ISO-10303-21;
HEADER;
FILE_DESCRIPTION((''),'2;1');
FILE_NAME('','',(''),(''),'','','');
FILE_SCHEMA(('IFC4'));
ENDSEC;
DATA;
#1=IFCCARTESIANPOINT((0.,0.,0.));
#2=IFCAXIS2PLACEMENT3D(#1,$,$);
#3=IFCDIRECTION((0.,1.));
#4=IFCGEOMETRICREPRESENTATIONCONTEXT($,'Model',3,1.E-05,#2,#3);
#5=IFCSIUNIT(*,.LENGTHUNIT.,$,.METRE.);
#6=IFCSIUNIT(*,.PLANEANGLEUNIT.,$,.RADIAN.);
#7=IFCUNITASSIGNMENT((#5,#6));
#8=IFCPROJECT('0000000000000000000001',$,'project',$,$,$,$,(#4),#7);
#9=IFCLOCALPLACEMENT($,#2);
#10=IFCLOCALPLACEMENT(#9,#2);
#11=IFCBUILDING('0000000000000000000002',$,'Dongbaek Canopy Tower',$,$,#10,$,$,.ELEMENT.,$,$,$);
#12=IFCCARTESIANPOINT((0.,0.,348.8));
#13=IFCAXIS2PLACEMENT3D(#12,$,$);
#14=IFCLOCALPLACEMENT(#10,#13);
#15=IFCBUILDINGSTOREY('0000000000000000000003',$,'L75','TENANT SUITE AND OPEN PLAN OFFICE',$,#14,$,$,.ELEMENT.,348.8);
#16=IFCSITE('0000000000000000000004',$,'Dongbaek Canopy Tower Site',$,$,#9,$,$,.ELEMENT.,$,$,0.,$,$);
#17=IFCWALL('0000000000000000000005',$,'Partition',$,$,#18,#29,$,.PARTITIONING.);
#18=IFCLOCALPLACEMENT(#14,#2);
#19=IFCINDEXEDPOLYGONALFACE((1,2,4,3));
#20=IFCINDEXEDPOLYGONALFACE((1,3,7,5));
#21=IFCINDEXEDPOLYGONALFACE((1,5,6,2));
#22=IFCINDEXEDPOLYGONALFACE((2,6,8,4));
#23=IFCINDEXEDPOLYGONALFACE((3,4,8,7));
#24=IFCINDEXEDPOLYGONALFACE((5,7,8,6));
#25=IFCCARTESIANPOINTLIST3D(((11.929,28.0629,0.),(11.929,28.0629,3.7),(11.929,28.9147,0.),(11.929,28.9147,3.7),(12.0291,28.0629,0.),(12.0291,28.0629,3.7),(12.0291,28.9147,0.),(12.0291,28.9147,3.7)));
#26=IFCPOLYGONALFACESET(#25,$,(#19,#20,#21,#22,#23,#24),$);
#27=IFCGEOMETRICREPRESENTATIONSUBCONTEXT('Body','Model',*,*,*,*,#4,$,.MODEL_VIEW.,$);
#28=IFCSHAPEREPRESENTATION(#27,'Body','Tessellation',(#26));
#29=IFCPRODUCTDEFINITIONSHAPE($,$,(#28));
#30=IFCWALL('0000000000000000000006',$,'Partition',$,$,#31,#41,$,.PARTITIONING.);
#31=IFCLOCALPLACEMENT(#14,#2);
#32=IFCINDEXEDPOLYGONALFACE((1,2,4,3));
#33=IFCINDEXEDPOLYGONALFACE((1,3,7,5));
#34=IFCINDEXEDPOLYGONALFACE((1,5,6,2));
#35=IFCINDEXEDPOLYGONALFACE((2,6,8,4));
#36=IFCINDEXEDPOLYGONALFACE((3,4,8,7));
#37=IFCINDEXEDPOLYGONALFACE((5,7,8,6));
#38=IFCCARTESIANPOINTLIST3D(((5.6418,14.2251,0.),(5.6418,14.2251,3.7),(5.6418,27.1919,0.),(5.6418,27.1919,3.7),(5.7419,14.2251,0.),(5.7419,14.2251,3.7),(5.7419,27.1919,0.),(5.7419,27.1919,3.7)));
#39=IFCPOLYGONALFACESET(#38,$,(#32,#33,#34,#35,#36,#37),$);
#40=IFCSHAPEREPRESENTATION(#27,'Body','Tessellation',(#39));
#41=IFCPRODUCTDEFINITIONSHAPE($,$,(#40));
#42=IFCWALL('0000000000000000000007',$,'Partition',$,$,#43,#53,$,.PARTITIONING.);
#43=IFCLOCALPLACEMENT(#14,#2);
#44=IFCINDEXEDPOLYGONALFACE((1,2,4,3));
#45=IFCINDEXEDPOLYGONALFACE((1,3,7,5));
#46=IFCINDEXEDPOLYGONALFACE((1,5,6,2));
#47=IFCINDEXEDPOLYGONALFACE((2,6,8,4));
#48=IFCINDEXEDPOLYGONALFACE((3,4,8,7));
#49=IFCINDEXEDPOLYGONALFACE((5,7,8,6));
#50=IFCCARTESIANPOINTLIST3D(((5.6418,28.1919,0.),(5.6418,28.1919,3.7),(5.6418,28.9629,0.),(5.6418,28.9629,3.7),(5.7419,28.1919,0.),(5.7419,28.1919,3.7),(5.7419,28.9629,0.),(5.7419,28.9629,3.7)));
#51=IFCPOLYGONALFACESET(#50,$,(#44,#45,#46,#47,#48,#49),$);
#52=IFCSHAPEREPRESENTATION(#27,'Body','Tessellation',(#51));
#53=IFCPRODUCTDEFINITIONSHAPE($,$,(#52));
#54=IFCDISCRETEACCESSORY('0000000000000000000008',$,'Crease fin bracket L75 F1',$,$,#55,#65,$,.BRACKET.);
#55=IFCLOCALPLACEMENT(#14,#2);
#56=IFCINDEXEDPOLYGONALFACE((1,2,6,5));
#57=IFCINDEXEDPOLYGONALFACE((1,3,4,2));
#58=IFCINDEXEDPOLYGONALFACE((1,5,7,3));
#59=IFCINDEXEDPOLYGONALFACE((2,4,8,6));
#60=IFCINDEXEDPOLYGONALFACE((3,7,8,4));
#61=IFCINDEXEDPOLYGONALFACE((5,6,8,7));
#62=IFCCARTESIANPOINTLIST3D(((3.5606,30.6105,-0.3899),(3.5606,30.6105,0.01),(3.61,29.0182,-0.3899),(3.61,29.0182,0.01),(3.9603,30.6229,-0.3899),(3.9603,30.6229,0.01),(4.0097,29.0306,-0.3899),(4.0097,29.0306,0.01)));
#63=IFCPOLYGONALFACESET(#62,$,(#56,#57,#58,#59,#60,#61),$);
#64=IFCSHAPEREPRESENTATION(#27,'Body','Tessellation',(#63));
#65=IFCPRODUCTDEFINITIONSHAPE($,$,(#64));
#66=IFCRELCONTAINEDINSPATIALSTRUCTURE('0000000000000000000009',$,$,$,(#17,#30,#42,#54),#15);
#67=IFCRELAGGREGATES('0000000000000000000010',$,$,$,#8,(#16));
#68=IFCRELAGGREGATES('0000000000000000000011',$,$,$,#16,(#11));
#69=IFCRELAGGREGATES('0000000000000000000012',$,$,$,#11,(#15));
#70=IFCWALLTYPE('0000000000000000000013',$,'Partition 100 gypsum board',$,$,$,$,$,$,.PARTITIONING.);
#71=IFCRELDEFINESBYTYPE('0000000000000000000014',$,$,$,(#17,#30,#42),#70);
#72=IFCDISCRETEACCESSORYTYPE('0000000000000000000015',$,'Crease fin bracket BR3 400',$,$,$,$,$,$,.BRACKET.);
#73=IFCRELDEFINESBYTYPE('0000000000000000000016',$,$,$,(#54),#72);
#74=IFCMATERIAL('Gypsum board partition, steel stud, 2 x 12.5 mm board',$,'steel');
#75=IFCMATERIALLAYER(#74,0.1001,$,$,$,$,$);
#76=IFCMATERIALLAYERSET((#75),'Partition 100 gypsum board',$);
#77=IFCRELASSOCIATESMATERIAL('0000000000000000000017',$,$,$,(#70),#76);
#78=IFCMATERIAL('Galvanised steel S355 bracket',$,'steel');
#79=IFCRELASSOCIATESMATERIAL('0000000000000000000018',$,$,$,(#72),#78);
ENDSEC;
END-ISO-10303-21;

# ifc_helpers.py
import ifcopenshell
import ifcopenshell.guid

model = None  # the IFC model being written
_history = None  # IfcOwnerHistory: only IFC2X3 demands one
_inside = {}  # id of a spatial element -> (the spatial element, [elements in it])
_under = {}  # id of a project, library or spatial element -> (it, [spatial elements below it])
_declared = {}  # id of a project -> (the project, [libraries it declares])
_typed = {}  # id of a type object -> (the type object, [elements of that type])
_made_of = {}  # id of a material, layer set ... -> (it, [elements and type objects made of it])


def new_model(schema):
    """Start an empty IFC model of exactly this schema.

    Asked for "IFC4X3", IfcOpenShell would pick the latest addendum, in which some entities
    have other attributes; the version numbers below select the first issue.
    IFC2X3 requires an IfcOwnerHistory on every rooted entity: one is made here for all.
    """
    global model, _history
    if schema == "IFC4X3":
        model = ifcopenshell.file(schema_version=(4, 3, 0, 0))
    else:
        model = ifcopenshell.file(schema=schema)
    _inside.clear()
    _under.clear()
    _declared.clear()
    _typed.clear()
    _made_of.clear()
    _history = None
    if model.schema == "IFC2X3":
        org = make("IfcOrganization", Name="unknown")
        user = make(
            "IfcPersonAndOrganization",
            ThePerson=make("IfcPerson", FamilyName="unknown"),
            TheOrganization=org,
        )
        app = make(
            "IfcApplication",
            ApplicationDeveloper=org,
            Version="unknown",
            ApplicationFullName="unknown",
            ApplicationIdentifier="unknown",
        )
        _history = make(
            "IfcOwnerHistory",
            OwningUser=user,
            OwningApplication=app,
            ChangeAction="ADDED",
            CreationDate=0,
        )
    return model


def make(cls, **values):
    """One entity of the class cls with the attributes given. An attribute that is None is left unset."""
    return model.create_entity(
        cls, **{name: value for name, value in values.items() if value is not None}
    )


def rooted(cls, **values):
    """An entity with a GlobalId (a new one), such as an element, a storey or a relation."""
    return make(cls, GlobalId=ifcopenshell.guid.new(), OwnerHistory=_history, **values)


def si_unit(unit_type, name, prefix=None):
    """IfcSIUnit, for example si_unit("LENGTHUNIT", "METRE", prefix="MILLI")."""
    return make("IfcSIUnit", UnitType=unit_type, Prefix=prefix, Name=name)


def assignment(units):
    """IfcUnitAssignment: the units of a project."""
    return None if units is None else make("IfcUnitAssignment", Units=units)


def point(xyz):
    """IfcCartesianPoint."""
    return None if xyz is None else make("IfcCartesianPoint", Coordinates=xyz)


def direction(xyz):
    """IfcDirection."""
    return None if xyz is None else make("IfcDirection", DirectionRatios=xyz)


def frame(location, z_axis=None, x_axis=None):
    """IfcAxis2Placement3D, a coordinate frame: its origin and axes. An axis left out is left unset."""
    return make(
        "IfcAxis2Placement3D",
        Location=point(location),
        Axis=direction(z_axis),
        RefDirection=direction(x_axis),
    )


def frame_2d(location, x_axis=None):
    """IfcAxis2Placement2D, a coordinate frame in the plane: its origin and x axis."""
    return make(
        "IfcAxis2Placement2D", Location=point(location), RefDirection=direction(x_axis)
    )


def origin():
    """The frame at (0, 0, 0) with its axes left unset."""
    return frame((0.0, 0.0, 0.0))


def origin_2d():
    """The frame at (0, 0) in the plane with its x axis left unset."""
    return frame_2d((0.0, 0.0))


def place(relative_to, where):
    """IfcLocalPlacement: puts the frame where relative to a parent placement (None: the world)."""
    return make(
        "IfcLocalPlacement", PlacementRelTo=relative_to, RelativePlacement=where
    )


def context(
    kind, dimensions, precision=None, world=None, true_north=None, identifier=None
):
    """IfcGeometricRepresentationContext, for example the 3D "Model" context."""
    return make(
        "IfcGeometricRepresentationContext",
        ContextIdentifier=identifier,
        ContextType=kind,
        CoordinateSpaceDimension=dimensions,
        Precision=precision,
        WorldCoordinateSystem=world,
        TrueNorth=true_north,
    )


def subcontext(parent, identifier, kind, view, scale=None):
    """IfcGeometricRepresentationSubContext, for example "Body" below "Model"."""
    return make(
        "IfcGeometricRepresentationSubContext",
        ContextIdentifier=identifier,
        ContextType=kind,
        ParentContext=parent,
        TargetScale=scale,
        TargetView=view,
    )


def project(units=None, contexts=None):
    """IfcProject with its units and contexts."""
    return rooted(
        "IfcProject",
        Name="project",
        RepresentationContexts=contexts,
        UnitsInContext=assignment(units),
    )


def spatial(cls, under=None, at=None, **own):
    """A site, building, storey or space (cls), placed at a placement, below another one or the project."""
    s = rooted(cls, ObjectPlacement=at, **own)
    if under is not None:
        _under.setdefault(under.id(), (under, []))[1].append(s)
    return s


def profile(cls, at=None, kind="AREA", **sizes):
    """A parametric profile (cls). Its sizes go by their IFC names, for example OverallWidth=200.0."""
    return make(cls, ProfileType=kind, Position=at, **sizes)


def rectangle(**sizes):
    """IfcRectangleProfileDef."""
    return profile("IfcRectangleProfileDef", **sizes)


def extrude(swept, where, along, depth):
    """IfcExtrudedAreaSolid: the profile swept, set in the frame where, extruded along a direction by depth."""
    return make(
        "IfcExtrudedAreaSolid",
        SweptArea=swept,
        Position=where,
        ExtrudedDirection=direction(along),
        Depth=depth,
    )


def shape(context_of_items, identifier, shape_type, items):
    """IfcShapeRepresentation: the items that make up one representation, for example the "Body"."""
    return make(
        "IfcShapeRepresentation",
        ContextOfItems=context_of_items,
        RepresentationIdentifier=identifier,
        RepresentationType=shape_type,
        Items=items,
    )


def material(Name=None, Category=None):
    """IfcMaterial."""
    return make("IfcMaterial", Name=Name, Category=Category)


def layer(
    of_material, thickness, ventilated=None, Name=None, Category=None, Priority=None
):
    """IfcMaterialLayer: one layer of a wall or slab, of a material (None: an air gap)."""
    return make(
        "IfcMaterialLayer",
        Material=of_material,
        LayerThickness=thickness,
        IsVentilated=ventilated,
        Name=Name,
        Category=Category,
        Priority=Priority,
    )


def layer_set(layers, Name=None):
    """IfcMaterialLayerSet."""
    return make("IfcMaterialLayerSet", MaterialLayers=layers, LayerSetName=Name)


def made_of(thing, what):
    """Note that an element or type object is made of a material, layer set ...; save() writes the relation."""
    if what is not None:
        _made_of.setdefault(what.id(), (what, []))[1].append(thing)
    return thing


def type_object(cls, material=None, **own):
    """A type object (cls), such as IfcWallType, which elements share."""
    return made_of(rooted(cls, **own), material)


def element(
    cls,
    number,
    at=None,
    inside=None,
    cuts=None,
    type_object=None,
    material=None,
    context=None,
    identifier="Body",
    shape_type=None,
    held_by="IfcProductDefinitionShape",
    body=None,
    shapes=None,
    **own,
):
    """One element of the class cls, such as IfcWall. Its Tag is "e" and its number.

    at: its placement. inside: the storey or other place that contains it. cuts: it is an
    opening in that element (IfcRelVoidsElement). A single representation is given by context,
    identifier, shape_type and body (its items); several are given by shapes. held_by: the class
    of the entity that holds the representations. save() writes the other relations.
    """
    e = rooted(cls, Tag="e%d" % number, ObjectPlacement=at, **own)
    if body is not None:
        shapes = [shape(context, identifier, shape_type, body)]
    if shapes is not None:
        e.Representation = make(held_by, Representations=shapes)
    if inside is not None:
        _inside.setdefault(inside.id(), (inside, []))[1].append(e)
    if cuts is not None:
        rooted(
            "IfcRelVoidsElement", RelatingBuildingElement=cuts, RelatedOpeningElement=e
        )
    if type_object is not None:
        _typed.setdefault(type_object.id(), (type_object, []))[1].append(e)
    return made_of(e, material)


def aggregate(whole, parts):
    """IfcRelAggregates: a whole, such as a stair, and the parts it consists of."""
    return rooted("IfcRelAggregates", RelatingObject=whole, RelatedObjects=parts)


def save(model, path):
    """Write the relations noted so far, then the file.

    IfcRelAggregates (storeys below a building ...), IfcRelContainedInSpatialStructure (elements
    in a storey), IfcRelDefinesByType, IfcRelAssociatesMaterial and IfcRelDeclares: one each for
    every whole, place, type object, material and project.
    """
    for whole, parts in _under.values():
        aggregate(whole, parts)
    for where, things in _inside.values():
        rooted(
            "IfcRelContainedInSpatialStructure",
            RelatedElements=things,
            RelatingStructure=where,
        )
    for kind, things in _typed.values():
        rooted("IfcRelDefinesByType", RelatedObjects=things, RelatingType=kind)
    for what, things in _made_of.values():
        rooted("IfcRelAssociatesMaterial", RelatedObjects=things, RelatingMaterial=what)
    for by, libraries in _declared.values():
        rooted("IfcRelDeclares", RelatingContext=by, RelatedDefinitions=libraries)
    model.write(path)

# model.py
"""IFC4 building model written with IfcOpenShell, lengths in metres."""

from ifc_helpers import new_model, si_unit, direction, frame, frame_2d, origin, origin_2d, place, context, subcontext, project, spatial, rectangle, extrude, material, layer, layer_set, type_object, element, save


model = new_model("IFC4")

# Units and contexts
model_context = context("Model", 3, precision=1e-05, world=origin(), true_north=direction((0.0, 1.0)))
body_context = subcontext(model_context, "Body", "Model", "MODEL_VIEW")
ifc_project = project(units=[si_unit("LENGTHUNIT", "METRE"), si_unit("PLANEANGLEUNIT", "RADIAN")], contexts=[model_context])

# Site, building, storey
site_placement = place(None, origin())
site = spatial("IfcSite", under=ifc_project, at=site_placement, Name="Dongbaek Canopy Tower Site", CompositionType="ELEMENT", RefElevation=0.0)
building_placement = place(site_placement, origin())
building = spatial("IfcBuilding", under=site, at=building_placement, Name="Dongbaek Canopy Tower", CompositionType="ELEMENT")
storey_placement = place(building_placement, frame((0.0, 0.0, 348.8)))
storey = spatial("IfcBuildingStorey", under=building, at=storey_placement, Name="L75", Description="TENANT SUITE AND OPEN PLAN OFFICE", CompositionType="ELEMENT", Elevation=348.8)

# Walls
ifc_material_1 = material(Name="Gypsum board partition, steel stud, 2 x 12.5 mm board", Category="steel")
ifc_layer_1 = layer(ifc_material_1, 0.1001)
ifc_layer_set_1 = layer_set([ifc_layer_1], Name="Partition 100 gypsum board")
wall_type_1 = type_object("IfcWallType", Name="Partition 100 gypsum board", PredefinedType="PARTITIONING", material=ifc_layer_set_1)
wall_1_placement = place(storey_placement, frame((11.979, 28.063, 0.0), z_axis=(0.0, 0.0, 1.0), x_axis=(0.0, 1.0, 0.0)))
element("IfcWall", 1, at=wall_1_placement, inside=storey, type_object=wall_type_1, Name="Partition", PredefinedType="PARTITIONING", context=body_context, shape_type="SweptSolid", body=[
    extrude(rectangle(XDim=0.8518, YDim=0.1001, at=frame_2d((0.4258, 0.0))), origin(), (0.0, 0.0, 1.0), 3.7),
])
wall_2_placement = place(storey_placement, frame((5.6919, 14.2251, 0.0), z_axis=(0.0, 0.0, 1.0), x_axis=(0.0, 1.0, 0.0)))
element("IfcWall", 2, at=wall_2_placement, inside=storey, type_object=wall_type_1, Name="Partition", PredefinedType="PARTITIONING", context=body_context, shape_type="SweptSolid", body=[
    extrude(rectangle(XDim=12.9668, YDim=0.1001, at=frame_2d((6.4834, 0.0))), origin(), (0.0, 0.0, 1.0), 3.7),
])
wall_3_placement = place(storey_placement, frame((5.6919, 28.1919, 0.0), z_axis=(0.0, 0.0, 1.0), x_axis=(0.0, 1.0, 0.0)))
element("IfcWall", 3, at=wall_3_placement, inside=storey, type_object=wall_type_1, Name="Partition", PredefinedType="PARTITIONING", context=body_context, shape_type="SweptSolid", body=[
    extrude(rectangle(XDim=0.771, YDim=0.1001, at=frame_2d((0.3855, 0.0))), origin(), (0.0, 0.0, 1.0), 3.7),
])

# Discrete accessory
ifc_material_2 = material(Name="Galvanised steel S355 bracket", Category="steel")
discrete_accessory_type = type_object("IfcDiscreteAccessoryType", Name="Crease fin bracket BR3 400", PredefinedType="BRACKET", material=ifc_material_2)
discrete_accessory_placement = place(storey_placement, frame((3.7852, 29.8206, -0.3899), z_axis=(0.0, 0.0, 1.0), x_axis=(-0.031004, 0.999519, 0.0)))
element("IfcDiscreteAccessory", 4, at=discrete_accessory_placement, inside=storey, type_object=discrete_accessory_type, Name="Crease fin bracket L75 F1", PredefinedType="BRACKET", context=body_context, shape_type="SweptSolid", body=[
    extrude(rectangle(XDim=1.593, YDim=0.3999, at=origin_2d()), origin(), (0.0, 0.0, 1.0), 0.3999),
])

save(model, "model.ifc")
